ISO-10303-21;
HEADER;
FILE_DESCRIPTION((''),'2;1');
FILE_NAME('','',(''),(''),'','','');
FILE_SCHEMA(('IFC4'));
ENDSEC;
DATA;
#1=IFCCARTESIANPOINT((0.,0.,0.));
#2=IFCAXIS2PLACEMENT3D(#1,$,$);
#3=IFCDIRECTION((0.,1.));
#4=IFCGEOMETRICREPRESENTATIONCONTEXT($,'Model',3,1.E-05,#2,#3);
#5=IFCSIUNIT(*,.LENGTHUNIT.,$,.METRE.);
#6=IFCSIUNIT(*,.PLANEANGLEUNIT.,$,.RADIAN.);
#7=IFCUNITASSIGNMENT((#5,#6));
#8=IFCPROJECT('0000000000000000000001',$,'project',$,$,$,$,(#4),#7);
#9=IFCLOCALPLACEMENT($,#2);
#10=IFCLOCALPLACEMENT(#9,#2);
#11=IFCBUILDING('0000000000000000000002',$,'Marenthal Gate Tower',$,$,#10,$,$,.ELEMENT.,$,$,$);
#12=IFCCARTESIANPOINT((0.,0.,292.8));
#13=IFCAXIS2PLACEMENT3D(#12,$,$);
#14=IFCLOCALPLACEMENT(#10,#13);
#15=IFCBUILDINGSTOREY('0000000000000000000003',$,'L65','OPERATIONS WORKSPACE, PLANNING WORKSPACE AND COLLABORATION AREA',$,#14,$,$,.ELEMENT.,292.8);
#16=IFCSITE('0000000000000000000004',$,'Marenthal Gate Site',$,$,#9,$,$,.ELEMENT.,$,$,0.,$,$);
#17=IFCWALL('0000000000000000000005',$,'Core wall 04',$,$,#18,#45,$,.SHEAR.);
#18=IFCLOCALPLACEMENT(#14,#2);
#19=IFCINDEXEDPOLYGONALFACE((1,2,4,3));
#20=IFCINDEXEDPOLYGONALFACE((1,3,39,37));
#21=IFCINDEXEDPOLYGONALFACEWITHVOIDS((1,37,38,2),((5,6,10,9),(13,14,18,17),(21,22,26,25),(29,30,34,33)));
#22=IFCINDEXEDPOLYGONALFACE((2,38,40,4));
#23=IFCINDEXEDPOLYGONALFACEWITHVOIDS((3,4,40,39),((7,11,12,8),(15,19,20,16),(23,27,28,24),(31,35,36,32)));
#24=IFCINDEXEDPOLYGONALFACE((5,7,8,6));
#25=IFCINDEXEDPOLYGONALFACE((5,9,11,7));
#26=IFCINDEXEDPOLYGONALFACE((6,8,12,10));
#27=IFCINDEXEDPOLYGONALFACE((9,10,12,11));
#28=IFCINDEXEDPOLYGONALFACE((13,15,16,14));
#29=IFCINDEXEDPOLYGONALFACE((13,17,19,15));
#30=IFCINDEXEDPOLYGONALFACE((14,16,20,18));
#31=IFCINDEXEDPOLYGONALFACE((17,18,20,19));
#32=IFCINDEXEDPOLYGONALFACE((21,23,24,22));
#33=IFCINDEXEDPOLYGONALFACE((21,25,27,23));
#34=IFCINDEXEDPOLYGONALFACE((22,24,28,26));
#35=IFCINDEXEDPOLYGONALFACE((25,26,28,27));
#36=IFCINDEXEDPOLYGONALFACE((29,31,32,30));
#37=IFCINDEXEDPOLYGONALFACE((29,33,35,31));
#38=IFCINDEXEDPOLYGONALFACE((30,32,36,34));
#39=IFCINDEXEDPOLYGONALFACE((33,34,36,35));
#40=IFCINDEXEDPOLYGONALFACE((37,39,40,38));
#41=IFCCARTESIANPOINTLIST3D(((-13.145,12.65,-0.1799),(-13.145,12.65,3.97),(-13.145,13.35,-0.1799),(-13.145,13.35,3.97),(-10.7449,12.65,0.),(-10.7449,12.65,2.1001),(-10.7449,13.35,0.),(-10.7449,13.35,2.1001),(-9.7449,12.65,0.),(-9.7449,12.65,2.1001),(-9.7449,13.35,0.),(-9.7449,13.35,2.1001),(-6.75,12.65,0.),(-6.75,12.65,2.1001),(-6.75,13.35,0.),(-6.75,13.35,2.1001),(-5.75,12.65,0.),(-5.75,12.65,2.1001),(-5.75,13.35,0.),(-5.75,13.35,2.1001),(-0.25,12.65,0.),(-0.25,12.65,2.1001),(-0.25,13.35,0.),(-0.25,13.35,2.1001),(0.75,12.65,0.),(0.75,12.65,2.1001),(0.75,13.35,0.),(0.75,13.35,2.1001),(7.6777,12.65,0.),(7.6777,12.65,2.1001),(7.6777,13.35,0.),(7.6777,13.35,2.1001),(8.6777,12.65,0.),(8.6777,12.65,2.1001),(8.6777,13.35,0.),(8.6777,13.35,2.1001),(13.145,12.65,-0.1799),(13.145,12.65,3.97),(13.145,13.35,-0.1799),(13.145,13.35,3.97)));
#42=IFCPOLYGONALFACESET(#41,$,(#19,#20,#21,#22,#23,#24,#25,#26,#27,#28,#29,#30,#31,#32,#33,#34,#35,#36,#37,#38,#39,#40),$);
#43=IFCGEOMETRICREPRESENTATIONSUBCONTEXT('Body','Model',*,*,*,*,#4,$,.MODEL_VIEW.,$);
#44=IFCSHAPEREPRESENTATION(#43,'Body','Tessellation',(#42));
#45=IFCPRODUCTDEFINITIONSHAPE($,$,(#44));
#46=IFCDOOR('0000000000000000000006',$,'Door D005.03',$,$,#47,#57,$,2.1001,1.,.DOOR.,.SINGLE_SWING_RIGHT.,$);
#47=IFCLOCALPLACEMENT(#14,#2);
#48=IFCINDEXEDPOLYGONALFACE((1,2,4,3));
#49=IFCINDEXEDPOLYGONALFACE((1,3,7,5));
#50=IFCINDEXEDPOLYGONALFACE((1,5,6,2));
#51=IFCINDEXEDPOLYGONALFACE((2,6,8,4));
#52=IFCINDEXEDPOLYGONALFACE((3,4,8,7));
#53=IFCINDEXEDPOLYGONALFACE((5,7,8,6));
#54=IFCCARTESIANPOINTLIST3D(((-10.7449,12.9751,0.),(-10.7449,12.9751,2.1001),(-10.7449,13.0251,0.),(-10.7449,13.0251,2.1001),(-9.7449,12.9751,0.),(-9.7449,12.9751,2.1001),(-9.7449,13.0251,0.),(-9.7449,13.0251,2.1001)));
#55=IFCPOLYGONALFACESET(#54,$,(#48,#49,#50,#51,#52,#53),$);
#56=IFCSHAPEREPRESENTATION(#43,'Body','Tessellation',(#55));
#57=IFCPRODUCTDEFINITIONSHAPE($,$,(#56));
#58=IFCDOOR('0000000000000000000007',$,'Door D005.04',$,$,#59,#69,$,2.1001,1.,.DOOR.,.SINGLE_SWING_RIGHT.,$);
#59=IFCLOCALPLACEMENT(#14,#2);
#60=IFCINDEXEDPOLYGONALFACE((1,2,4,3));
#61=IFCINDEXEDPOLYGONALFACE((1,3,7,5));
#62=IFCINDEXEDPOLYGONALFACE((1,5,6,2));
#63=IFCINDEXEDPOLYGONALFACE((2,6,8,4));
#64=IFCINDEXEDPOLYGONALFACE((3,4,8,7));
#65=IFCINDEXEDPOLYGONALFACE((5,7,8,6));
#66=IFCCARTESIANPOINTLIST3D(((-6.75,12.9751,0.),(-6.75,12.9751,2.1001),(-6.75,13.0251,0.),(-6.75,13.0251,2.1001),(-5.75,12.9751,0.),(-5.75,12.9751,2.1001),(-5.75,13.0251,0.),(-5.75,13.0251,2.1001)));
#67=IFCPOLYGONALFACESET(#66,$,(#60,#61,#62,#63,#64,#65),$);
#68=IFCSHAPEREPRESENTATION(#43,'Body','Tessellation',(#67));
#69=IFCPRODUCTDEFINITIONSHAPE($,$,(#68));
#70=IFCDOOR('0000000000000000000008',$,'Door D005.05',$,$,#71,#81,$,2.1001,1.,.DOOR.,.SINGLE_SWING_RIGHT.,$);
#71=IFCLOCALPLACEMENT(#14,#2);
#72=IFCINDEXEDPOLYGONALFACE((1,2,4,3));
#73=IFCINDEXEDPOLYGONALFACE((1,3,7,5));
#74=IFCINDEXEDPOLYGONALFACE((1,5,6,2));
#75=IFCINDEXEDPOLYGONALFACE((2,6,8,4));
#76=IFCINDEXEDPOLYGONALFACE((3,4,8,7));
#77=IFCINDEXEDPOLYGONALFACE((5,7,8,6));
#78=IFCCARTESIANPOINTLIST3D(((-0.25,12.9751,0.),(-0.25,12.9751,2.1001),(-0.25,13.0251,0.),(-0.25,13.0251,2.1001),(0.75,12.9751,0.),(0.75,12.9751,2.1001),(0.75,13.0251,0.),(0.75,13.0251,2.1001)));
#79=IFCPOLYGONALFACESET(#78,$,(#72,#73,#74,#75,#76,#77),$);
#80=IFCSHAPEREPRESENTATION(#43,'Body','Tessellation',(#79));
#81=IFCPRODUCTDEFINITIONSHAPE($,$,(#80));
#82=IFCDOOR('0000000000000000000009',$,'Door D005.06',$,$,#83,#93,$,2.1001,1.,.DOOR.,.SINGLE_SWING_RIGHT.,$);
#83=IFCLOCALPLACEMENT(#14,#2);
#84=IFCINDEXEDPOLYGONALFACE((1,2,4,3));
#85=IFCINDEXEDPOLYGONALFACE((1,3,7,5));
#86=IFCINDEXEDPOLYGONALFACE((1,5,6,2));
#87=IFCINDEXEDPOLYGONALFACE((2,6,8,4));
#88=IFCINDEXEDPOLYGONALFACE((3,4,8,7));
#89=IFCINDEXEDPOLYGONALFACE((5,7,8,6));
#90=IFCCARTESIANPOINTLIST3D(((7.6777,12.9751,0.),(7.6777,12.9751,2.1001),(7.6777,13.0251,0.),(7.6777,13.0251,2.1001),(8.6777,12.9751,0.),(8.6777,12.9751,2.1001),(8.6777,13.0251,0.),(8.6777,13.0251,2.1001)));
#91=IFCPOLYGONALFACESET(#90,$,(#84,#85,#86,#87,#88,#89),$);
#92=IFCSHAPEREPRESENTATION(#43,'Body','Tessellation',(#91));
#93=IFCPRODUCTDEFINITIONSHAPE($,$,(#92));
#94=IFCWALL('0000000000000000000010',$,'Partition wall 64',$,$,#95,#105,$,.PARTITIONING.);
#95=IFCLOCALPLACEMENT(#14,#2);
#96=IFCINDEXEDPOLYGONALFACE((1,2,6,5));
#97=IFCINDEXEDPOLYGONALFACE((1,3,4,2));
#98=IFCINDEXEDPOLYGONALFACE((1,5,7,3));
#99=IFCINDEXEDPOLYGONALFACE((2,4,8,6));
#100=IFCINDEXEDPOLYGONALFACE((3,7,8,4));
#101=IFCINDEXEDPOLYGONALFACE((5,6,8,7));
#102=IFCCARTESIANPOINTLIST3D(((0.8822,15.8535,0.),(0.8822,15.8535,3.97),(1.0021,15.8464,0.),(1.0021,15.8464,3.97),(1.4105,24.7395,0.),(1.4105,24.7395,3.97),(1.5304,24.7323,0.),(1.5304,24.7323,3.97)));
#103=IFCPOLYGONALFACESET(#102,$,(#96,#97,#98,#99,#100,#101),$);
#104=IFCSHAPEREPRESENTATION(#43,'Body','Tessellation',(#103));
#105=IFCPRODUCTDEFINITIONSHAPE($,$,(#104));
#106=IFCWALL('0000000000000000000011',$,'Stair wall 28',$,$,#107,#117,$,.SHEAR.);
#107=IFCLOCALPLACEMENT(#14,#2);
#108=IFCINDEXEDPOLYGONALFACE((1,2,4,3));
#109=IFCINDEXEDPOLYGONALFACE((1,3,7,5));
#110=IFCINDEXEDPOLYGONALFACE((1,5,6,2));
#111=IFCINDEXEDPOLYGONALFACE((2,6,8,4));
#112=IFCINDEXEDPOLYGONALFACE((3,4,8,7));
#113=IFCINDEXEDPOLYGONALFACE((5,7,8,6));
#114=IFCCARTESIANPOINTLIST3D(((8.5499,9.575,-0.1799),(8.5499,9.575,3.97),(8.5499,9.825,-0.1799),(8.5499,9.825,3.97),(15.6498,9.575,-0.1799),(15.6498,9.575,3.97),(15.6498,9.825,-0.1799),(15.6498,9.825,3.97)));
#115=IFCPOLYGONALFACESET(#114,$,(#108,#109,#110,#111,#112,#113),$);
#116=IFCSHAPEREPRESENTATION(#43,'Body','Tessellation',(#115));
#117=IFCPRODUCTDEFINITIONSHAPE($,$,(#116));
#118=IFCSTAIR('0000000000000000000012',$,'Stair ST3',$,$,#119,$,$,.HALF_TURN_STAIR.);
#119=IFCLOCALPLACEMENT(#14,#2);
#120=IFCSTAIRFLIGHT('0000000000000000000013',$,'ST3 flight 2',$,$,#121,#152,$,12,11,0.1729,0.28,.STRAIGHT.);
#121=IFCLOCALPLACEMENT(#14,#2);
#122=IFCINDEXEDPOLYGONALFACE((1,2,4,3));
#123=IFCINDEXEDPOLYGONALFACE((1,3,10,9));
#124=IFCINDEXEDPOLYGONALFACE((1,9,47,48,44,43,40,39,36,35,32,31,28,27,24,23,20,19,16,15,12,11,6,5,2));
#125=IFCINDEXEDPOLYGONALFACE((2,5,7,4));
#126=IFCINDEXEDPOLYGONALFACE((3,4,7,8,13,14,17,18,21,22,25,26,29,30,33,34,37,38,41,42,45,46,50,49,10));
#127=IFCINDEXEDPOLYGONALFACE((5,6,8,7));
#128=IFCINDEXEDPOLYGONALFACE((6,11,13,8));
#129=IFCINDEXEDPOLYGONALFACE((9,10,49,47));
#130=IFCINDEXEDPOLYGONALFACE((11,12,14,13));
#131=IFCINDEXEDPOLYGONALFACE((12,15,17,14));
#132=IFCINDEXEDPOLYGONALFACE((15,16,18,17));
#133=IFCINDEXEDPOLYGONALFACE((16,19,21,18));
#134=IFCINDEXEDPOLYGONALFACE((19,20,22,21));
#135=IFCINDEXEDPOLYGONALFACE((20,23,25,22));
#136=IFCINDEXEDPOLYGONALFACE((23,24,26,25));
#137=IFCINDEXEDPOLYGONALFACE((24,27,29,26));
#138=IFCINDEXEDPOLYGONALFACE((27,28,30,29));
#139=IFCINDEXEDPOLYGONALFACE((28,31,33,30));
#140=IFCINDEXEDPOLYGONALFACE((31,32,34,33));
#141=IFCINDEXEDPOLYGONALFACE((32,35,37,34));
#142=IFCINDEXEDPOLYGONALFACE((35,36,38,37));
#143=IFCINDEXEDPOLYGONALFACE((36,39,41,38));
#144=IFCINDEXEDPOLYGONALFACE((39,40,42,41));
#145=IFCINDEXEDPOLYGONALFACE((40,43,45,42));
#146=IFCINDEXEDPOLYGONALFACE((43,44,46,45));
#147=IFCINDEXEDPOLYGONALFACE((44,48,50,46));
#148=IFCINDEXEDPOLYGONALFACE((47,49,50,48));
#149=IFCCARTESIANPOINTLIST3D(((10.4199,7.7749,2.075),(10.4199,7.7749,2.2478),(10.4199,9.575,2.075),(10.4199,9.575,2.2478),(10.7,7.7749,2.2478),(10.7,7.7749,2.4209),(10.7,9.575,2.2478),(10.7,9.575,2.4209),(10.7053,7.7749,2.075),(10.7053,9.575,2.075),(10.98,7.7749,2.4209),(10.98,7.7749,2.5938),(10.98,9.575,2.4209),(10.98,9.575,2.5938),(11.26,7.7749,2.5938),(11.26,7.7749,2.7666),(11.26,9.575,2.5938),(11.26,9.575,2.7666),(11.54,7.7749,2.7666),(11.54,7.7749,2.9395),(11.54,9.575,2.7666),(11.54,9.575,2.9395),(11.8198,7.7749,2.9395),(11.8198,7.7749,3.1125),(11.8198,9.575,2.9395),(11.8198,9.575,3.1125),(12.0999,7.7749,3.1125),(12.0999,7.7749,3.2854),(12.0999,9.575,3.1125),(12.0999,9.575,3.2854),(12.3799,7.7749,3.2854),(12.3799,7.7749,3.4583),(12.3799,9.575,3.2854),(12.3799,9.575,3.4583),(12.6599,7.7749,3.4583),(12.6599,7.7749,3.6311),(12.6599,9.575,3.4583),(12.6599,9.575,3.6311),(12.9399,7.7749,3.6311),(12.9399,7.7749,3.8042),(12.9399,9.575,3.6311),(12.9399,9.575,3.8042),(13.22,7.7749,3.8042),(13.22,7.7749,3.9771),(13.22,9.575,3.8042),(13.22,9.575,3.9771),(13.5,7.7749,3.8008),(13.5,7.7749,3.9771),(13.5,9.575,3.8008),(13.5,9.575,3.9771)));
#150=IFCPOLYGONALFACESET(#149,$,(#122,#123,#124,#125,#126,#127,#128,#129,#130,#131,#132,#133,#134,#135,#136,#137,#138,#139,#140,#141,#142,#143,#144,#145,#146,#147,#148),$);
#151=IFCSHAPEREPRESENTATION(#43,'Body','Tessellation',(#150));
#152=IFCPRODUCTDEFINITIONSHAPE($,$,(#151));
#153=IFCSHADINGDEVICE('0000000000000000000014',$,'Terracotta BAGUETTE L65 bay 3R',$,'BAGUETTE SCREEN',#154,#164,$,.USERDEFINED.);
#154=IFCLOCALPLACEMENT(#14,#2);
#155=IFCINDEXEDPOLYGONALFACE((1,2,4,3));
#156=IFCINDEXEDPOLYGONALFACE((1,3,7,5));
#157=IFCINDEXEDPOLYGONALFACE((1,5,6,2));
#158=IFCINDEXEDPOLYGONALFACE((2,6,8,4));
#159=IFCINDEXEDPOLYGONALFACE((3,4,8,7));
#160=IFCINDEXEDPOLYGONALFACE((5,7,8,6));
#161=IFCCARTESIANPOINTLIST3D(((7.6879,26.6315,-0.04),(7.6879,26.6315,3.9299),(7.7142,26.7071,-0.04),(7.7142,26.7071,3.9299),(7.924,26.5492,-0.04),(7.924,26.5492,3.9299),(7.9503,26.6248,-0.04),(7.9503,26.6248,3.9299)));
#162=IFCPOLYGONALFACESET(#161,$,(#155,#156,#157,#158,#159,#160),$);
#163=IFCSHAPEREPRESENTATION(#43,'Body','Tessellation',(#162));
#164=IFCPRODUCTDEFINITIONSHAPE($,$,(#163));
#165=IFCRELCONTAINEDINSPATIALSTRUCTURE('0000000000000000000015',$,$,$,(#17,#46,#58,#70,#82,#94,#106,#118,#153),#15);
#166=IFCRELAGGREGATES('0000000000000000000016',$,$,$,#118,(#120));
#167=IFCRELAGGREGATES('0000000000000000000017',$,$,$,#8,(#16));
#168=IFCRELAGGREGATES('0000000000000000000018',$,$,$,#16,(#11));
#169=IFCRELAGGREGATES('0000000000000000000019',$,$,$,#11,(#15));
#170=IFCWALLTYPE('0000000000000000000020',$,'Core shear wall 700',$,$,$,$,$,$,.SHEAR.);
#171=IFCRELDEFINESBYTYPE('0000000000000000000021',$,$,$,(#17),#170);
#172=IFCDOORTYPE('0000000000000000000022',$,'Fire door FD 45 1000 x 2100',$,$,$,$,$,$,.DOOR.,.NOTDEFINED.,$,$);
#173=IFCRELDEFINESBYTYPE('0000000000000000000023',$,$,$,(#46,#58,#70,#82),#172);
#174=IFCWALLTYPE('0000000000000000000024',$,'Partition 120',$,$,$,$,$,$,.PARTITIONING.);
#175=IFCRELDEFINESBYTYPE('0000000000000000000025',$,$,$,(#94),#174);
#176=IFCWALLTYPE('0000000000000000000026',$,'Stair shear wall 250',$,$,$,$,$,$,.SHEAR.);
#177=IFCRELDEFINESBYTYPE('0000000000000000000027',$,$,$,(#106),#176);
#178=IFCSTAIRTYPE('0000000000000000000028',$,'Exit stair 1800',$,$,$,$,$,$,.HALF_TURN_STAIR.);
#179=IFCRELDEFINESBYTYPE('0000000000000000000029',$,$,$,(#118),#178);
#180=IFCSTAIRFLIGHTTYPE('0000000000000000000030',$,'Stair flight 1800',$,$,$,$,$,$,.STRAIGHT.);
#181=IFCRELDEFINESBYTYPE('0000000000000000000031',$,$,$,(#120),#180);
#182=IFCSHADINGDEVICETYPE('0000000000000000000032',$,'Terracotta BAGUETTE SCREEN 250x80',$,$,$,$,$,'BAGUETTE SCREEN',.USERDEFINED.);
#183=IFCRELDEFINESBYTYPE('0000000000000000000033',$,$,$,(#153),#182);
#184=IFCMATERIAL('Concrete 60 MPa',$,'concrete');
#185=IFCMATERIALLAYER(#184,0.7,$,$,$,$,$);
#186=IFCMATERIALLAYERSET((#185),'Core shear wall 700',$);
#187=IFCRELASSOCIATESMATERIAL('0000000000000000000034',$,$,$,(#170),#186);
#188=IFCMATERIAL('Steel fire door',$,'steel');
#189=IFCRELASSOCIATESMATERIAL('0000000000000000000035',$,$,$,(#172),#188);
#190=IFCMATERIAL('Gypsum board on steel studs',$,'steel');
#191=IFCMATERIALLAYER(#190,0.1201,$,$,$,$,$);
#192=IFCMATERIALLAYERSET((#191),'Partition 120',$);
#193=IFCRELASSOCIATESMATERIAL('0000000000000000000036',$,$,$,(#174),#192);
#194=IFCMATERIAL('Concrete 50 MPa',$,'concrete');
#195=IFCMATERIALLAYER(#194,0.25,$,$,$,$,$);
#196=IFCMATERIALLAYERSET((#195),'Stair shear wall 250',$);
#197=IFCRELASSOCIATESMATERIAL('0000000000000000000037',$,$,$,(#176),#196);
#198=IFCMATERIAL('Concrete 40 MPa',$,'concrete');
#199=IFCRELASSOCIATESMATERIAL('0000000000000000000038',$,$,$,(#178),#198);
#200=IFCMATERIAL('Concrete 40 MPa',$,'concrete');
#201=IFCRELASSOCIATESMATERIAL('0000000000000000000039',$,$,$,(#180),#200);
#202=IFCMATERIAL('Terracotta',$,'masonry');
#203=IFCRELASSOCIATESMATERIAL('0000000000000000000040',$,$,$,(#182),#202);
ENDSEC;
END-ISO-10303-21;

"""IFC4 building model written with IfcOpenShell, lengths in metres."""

from ifc_helpers import new_model, si_unit, direction, frame, frame_2d, origin, origin_2d, place, context, subcontext, project, spatial, polyline, rectangle, outline, extrude, material, layer, layer_set, material_profile, profile_set, type_object, element, fill, aggregate, save


model = new_model("IFC4")

# Units and contexts
model_context = context("Model", 3, precision=1e-05, world=origin(), true_north=direction((0.0, 1.0)))
body_context = subcontext(model_context, "Body", "Model", "MODEL_VIEW")
ifc_project = project(units=[si_unit("LENGTHUNIT", "METRE"), si_unit("PLANEANGLEUNIT", "RADIAN")], contexts=[model_context])

# Site, building, storey
site_placement = place(None, origin())
site = spatial("IfcSite", under=ifc_project, at=site_placement, Name="Marenthal Gate Site", CompositionType="ELEMENT", RefElevation=0.0)
building_placement = place(site_placement, origin())
building = spatial("IfcBuilding", under=site, at=building_placement, Name="Marenthal Gate Tower", CompositionType="ELEMENT")
storey_placement = place(building_placement, frame((0.0, 0.0, 292.8)))
storey = spatial("IfcBuildingStorey", under=building, at=storey_placement, Name="L65", Description="OPERATIONS WORKSPACE, PLANNING WORKSPACE AND COLLABORATION AREA", CompositionType="ELEMENT", Elevation=292.8)

# Wall, openings, doors
ifc_material_1 = material(Name="Concrete 60 MPa", Category="concrete")
ifc_layer_1 = layer(ifc_material_1, 0.7)
ifc_layer_set_1 = layer_set([ifc_layer_1], Name="Core shear wall 700")
wall_type_1 = type_object("IfcWallType", Name="Core shear wall 700", PredefinedType="SHEAR", material=ifc_layer_set_1)
wall_1_placement = place(storey_placement, frame((13.145, 13.0, -0.1799), z_axis=(0.0, 0.0, 1.0), x_axis=(-1.0, 0.0, 0.0)))
wall_1 = element("IfcWall", 1, at=wall_1_placement, inside=storey, type_object=wall_type_1, Name="Core wall 04", PredefinedType="SHEAR", context=body_context, shape_type="SweptSolid", body=[
    extrude(rectangle(XDim=26.29, YDim=0.7, at=frame_2d((13.145, 0.0))), origin(), (0.0, 0.0, 1.0), 4.1499),
])
opening_1_placement = place(wall_1_placement, frame((22.8899, 0.0, 0.1799)))
opening_1 = element("IfcOpeningElement", 2, at=opening_1_placement, cuts=wall_1, PredefinedType="OPENING", context=body_context, shape_type="SweptSolid", body=[
    extrude(rectangle(XDim=1.0, YDim=2.1001, at=frame_2d((0.5, 1.05))), frame((0.0, 0.3599, 0.0), z_axis=(0.0, -1.0, 0.0), x_axis=(1.0, 0.0, 0.0)), (0.0, 0.0, 1.0), 0.72),
])
opening_2_placement = place(wall_1_placement, frame((18.895, 0.0, 0.1799)))
opening_2 = element("IfcOpeningElement", 3, at=opening_2_placement, cuts=wall_1, PredefinedType="OPENING", context=body_context, shape_type="SweptSolid", body=[
    extrude(rectangle(XDim=1.0, YDim=2.1001, at=frame_2d((0.5, 1.05))), frame((0.0, 0.3599, 0.0), z_axis=(0.0, -1.0, 0.0), x_axis=(1.0, 0.0, 0.0)), (0.0, 0.0, 1.0), 0.72),
])
opening_3_placement = place(wall_1_placement, frame((12.395, 0.0, 0.1799)))
opening_3 = element("IfcOpeningElement", 4, at=opening_3_placement, cuts=wall_1, PredefinedType="OPENING", context=body_context, shape_type="SweptSolid", body=[
    extrude(rectangle(XDim=1.0, YDim=2.1001, at=frame_2d((0.5, 1.05))), frame((0.0, 0.3599, 0.0), z_axis=(0.0, -1.0, 0.0), x_axis=(1.0, 0.0, 0.0)), (0.0, 0.0, 1.0), 0.72),
])
opening_4_placement = place(wall_1_placement, frame((4.4673, 0.0, 0.1799)))
opening_4 = element("IfcOpeningElement", 5, at=opening_4_placement, cuts=wall_1, PredefinedType="OPENING", context=body_context, shape_type="SweptSolid", body=[
    extrude(rectangle(XDim=1.0, YDim=2.1001, at=frame_2d((0.5, 1.05))), frame((0.0, 0.3599, 0.0), z_axis=(0.0, -1.0, 0.0), x_axis=(1.0, 0.0, 0.0)), (0.0, 0.0, 1.0), 0.72),
])
ifc_material_2 = material(Name="Steel fire door", Category="steel")
door_type = type_object("IfcDoorType", Name="Fire door FD 45 1000 x 2100", OperationType="NOTDEFINED", PredefinedType="DOOR", material=ifc_material_2)
door_1_placement = place(opening_1_placement, origin())
door_1 = element("IfcDoor", 6, at=door_1_placement, inside=storey, type_object=door_type, Name="Door D005.03", OperationType="SINGLE_SWING_RIGHT", OverallHeight=2.1001, OverallWidth=1.0, PredefinedType="DOOR", context=body_context, shape_type="SweptSolid", body=[
    extrude(rectangle(XDim=1.0, YDim=2.1001, at=frame_2d((0.5, 1.05))), frame((0.0, 0.0249, 0.0), z_axis=(0.0, -1.0, 0.0), x_axis=(1.0, 0.0, 0.0)), (0.0, 0.0, 1.0), 0.05),
])
fill(opening_1, door_1)
door_2_placement = place(opening_2_placement, origin())
door_2 = element("IfcDoor", 7, at=door_2_placement, inside=storey, type_object=door_type, Name="Door D005.04", OperationType="SINGLE_SWING_RIGHT", OverallHeight=2.1001, OverallWidth=1.0, PredefinedType="DOOR", context=body_context, shape_type="SweptSolid", body=[
    extrude(rectangle(XDim=1.0, YDim=2.1001, at=frame_2d((0.5, 1.05))), frame((0.0, 0.0249, 0.0), z_axis=(0.0, -1.0, 0.0), x_axis=(1.0, 0.0, 0.0)), (0.0, 0.0, 1.0), 0.05),
])
fill(opening_2, door_2)
door_3_placement = place(opening_3_placement, origin())
door_3 = element("IfcDoor", 8, at=door_3_placement, inside=storey, type_object=door_type, Name="Door D005.05", OperationType="SINGLE_SWING_RIGHT", OverallHeight=2.1001, OverallWidth=1.0, PredefinedType="DOOR", context=body_context, shape_type="SweptSolid", body=[
    extrude(rectangle(XDim=1.0, YDim=2.1001, at=frame_2d((0.5, 1.05))), frame((0.0, 0.0249, 0.0), z_axis=(0.0, -1.0, 0.0), x_axis=(1.0, 0.0, 0.0)), (0.0, 0.0, 1.0), 0.05),
])
fill(opening_3, door_3)
door_4_placement = place(opening_4_placement, origin())
door_4 = element("IfcDoor", 9, at=door_4_placement, inside=storey, type_object=door_type, Name="Door D005.06", OperationType="SINGLE_SWING_RIGHT", OverallHeight=2.1001, OverallWidth=1.0, PredefinedType="DOOR", context=body_context, shape_type="SweptSolid", body=[
    extrude(rectangle(XDim=1.0, YDim=2.1001, at=frame_2d((0.5, 1.05))), frame((0.0, 0.0249, 0.0), z_axis=(0.0, -1.0, 0.0), x_axis=(1.0, 0.0, 0.0)), (0.0, 0.0, 1.0), 0.05),
])
fill(opening_4, door_4)

# Walls
ifc_material_3 = material(Name="Gypsum board on steel studs", Category="steel")
ifc_layer_2 = layer(ifc_material_3, 0.1201)
ifc_layer_set_2 = layer_set([ifc_layer_2], Name="Partition 120")
wall_type_2 = type_object("IfcWallType", Name="Partition 120", PredefinedType="PARTITIONING", material=ifc_layer_set_2)
wall_2_placement = place(storey_placement, frame((0.9421, 15.8501, 0.0), z_axis=(0.0, 0.0, 1.0), x_axis=(0.059351, 0.998237, 0.0)))
element("IfcWall", 10, at=wall_2_placement, inside=storey, type_object=wall_type_2, Name="Partition wall 64", PredefinedType="PARTITIONING", context=body_context, shape_type="SweptSolid", body=[
    extrude(rectangle(XDim=8.9016, YDim=0.1201, at=frame_2d((4.4507, 0.0))), origin(), (0.0, 0.0, 1.0), 3.97),
])
ifc_material_4 = material(Name="Concrete 50 MPa", Category="concrete")
ifc_layer_3 = layer(ifc_material_4, 0.25)
ifc_layer_set_3 = layer_set([ifc_layer_3], Name="Stair shear wall 250")
wall_type_3 = type_object("IfcWallType", Name="Stair shear wall 250", PredefinedType="SHEAR", material=ifc_layer_set_3)
wall_3_placement = place(storey_placement, frame((8.55, 9.7, -0.1799), z_axis=(0.0, 0.0, 1.0), x_axis=(1.0, 0.0, 0.0)))
element("IfcWall", 11, at=wall_3_placement, inside=storey, type_object=wall_type_3, Name="Stair wall 28", PredefinedType="SHEAR", context=body_context, shape_type="SweptSolid", body=[
    extrude(rectangle(XDim=7.0999, YDim=0.25, at=frame_2d((3.5498, 0.0))), origin(), (0.0, 0.0, 1.0), 4.1499),
])

# Stair, stair flight
ifc_material_5 = material(Name="Concrete 40 MPa", Category="concrete")
stair_type = type_object("IfcStairType", Name="Exit stair 1800", PredefinedType="HALF_TURN_STAIR", material=ifc_material_5)
stair_placement = place(storey_placement, origin())
stair = element("IfcStair", 12, at=stair_placement, inside=storey, type_object=stair_type, Name="Stair ST3", PredefinedType="HALF_TURN_STAIR")
ifc_material_6 = material(Name="Concrete 40 MPa", Category="concrete")
stair_flight_type = type_object("IfcStairFlightType", Name="Stair flight 1800", PredefinedType="STRAIGHT", material=ifc_material_6)
stair_flight_placement = place(storey_placement, frame((10.4199, 8.675, 2.075), z_axis=(0.0, 0.0, 1.0), x_axis=(1.0, 0.0, 0.0)))
stair_flight = element("IfcStairFlight", 13, at=stair_flight_placement, type_object=stair_flight_type, Name="ST3 flight 2", NumberOfRisers=12, NumberOfTreads=11, PredefinedType="STRAIGHT", RiserHeight=0.1729, TreadLength=0.28, context=body_context, shape_type="SweptSolid", body=[
    extrude(outline(polyline([(0.0, 0.0), (0.0, 0.1729), (0.28, 0.1729), (0.28, 0.3459), (0.5601, 0.3459), (0.5601, 0.5188), (0.8401, 0.5188), (0.8401, 0.6917), (1.1201, 0.6917), (1.1201, 0.8645), (1.3999, 0.8645), (1.3999, 1.0376), (1.6799, 1.0376), (1.6799, 1.2104), (1.96, 1.2104), (1.96, 1.3833), (2.24, 1.3833), (2.24, 1.5562), (2.52, 1.5562), (2.52, 1.7292), (2.8, 1.7292), (2.8, 1.9021), (3.0801, 1.9021), (3.0801, 2.075), (3.0801, 1.7258), (0.2854, 0.0), (0.0, 0.0)])), frame((0.0, 0.8999, 0.0), z_axis=(0.0, -1.0, 0.0), x_axis=(1.0, 0.0, 0.0)), (0.0, 0.0, 1.0), 1.8),
])
aggregate(stair, [stair_flight])

# Shading device
ifc_material_7 = material(Name="Terracotta", Category="masonry")
ifc_material_profile_1 = material_profile(ifc_material_7, rectangle(XDim=0.25, YDim=0.0801, at=origin_2d()), Name="Terracotta baguette 250x80")
ifc_profile_set_1 = profile_set([ifc_material_profile_1], Name="Terracotta")
shading_device_type = type_object("IfcShadingDeviceType", Name="Terracotta BAGUETTE SCREEN 250x80", ElementType="BAGUETTE SCREEN", PredefinedType="USERDEFINED", material=ifc_profile_set_1)
shading_device_placement = place(storey_placement, frame((7.8191, 26.6282, -0.04), z_axis=(0.0, 0.0, 1.0), x_axis=(-0.944305, 0.329072, 0.0)))
element("IfcShadingDevice", 14, at=shading_device_placement, inside=storey, type_object=shading_device_type, Name="Terracotta BAGUETTE L65 bay 3R", ObjectType="BAGUETTE SCREEN", PredefinedType="USERDEFINED", context=body_context, shape_type="SweptSolid", body=[
    extrude(rectangle(XDim=0.25, YDim=0.0801, at=origin_2d()), origin(), (0.0, 0.0, 1.0), 3.97),
])

save(model, "model.ifc")
